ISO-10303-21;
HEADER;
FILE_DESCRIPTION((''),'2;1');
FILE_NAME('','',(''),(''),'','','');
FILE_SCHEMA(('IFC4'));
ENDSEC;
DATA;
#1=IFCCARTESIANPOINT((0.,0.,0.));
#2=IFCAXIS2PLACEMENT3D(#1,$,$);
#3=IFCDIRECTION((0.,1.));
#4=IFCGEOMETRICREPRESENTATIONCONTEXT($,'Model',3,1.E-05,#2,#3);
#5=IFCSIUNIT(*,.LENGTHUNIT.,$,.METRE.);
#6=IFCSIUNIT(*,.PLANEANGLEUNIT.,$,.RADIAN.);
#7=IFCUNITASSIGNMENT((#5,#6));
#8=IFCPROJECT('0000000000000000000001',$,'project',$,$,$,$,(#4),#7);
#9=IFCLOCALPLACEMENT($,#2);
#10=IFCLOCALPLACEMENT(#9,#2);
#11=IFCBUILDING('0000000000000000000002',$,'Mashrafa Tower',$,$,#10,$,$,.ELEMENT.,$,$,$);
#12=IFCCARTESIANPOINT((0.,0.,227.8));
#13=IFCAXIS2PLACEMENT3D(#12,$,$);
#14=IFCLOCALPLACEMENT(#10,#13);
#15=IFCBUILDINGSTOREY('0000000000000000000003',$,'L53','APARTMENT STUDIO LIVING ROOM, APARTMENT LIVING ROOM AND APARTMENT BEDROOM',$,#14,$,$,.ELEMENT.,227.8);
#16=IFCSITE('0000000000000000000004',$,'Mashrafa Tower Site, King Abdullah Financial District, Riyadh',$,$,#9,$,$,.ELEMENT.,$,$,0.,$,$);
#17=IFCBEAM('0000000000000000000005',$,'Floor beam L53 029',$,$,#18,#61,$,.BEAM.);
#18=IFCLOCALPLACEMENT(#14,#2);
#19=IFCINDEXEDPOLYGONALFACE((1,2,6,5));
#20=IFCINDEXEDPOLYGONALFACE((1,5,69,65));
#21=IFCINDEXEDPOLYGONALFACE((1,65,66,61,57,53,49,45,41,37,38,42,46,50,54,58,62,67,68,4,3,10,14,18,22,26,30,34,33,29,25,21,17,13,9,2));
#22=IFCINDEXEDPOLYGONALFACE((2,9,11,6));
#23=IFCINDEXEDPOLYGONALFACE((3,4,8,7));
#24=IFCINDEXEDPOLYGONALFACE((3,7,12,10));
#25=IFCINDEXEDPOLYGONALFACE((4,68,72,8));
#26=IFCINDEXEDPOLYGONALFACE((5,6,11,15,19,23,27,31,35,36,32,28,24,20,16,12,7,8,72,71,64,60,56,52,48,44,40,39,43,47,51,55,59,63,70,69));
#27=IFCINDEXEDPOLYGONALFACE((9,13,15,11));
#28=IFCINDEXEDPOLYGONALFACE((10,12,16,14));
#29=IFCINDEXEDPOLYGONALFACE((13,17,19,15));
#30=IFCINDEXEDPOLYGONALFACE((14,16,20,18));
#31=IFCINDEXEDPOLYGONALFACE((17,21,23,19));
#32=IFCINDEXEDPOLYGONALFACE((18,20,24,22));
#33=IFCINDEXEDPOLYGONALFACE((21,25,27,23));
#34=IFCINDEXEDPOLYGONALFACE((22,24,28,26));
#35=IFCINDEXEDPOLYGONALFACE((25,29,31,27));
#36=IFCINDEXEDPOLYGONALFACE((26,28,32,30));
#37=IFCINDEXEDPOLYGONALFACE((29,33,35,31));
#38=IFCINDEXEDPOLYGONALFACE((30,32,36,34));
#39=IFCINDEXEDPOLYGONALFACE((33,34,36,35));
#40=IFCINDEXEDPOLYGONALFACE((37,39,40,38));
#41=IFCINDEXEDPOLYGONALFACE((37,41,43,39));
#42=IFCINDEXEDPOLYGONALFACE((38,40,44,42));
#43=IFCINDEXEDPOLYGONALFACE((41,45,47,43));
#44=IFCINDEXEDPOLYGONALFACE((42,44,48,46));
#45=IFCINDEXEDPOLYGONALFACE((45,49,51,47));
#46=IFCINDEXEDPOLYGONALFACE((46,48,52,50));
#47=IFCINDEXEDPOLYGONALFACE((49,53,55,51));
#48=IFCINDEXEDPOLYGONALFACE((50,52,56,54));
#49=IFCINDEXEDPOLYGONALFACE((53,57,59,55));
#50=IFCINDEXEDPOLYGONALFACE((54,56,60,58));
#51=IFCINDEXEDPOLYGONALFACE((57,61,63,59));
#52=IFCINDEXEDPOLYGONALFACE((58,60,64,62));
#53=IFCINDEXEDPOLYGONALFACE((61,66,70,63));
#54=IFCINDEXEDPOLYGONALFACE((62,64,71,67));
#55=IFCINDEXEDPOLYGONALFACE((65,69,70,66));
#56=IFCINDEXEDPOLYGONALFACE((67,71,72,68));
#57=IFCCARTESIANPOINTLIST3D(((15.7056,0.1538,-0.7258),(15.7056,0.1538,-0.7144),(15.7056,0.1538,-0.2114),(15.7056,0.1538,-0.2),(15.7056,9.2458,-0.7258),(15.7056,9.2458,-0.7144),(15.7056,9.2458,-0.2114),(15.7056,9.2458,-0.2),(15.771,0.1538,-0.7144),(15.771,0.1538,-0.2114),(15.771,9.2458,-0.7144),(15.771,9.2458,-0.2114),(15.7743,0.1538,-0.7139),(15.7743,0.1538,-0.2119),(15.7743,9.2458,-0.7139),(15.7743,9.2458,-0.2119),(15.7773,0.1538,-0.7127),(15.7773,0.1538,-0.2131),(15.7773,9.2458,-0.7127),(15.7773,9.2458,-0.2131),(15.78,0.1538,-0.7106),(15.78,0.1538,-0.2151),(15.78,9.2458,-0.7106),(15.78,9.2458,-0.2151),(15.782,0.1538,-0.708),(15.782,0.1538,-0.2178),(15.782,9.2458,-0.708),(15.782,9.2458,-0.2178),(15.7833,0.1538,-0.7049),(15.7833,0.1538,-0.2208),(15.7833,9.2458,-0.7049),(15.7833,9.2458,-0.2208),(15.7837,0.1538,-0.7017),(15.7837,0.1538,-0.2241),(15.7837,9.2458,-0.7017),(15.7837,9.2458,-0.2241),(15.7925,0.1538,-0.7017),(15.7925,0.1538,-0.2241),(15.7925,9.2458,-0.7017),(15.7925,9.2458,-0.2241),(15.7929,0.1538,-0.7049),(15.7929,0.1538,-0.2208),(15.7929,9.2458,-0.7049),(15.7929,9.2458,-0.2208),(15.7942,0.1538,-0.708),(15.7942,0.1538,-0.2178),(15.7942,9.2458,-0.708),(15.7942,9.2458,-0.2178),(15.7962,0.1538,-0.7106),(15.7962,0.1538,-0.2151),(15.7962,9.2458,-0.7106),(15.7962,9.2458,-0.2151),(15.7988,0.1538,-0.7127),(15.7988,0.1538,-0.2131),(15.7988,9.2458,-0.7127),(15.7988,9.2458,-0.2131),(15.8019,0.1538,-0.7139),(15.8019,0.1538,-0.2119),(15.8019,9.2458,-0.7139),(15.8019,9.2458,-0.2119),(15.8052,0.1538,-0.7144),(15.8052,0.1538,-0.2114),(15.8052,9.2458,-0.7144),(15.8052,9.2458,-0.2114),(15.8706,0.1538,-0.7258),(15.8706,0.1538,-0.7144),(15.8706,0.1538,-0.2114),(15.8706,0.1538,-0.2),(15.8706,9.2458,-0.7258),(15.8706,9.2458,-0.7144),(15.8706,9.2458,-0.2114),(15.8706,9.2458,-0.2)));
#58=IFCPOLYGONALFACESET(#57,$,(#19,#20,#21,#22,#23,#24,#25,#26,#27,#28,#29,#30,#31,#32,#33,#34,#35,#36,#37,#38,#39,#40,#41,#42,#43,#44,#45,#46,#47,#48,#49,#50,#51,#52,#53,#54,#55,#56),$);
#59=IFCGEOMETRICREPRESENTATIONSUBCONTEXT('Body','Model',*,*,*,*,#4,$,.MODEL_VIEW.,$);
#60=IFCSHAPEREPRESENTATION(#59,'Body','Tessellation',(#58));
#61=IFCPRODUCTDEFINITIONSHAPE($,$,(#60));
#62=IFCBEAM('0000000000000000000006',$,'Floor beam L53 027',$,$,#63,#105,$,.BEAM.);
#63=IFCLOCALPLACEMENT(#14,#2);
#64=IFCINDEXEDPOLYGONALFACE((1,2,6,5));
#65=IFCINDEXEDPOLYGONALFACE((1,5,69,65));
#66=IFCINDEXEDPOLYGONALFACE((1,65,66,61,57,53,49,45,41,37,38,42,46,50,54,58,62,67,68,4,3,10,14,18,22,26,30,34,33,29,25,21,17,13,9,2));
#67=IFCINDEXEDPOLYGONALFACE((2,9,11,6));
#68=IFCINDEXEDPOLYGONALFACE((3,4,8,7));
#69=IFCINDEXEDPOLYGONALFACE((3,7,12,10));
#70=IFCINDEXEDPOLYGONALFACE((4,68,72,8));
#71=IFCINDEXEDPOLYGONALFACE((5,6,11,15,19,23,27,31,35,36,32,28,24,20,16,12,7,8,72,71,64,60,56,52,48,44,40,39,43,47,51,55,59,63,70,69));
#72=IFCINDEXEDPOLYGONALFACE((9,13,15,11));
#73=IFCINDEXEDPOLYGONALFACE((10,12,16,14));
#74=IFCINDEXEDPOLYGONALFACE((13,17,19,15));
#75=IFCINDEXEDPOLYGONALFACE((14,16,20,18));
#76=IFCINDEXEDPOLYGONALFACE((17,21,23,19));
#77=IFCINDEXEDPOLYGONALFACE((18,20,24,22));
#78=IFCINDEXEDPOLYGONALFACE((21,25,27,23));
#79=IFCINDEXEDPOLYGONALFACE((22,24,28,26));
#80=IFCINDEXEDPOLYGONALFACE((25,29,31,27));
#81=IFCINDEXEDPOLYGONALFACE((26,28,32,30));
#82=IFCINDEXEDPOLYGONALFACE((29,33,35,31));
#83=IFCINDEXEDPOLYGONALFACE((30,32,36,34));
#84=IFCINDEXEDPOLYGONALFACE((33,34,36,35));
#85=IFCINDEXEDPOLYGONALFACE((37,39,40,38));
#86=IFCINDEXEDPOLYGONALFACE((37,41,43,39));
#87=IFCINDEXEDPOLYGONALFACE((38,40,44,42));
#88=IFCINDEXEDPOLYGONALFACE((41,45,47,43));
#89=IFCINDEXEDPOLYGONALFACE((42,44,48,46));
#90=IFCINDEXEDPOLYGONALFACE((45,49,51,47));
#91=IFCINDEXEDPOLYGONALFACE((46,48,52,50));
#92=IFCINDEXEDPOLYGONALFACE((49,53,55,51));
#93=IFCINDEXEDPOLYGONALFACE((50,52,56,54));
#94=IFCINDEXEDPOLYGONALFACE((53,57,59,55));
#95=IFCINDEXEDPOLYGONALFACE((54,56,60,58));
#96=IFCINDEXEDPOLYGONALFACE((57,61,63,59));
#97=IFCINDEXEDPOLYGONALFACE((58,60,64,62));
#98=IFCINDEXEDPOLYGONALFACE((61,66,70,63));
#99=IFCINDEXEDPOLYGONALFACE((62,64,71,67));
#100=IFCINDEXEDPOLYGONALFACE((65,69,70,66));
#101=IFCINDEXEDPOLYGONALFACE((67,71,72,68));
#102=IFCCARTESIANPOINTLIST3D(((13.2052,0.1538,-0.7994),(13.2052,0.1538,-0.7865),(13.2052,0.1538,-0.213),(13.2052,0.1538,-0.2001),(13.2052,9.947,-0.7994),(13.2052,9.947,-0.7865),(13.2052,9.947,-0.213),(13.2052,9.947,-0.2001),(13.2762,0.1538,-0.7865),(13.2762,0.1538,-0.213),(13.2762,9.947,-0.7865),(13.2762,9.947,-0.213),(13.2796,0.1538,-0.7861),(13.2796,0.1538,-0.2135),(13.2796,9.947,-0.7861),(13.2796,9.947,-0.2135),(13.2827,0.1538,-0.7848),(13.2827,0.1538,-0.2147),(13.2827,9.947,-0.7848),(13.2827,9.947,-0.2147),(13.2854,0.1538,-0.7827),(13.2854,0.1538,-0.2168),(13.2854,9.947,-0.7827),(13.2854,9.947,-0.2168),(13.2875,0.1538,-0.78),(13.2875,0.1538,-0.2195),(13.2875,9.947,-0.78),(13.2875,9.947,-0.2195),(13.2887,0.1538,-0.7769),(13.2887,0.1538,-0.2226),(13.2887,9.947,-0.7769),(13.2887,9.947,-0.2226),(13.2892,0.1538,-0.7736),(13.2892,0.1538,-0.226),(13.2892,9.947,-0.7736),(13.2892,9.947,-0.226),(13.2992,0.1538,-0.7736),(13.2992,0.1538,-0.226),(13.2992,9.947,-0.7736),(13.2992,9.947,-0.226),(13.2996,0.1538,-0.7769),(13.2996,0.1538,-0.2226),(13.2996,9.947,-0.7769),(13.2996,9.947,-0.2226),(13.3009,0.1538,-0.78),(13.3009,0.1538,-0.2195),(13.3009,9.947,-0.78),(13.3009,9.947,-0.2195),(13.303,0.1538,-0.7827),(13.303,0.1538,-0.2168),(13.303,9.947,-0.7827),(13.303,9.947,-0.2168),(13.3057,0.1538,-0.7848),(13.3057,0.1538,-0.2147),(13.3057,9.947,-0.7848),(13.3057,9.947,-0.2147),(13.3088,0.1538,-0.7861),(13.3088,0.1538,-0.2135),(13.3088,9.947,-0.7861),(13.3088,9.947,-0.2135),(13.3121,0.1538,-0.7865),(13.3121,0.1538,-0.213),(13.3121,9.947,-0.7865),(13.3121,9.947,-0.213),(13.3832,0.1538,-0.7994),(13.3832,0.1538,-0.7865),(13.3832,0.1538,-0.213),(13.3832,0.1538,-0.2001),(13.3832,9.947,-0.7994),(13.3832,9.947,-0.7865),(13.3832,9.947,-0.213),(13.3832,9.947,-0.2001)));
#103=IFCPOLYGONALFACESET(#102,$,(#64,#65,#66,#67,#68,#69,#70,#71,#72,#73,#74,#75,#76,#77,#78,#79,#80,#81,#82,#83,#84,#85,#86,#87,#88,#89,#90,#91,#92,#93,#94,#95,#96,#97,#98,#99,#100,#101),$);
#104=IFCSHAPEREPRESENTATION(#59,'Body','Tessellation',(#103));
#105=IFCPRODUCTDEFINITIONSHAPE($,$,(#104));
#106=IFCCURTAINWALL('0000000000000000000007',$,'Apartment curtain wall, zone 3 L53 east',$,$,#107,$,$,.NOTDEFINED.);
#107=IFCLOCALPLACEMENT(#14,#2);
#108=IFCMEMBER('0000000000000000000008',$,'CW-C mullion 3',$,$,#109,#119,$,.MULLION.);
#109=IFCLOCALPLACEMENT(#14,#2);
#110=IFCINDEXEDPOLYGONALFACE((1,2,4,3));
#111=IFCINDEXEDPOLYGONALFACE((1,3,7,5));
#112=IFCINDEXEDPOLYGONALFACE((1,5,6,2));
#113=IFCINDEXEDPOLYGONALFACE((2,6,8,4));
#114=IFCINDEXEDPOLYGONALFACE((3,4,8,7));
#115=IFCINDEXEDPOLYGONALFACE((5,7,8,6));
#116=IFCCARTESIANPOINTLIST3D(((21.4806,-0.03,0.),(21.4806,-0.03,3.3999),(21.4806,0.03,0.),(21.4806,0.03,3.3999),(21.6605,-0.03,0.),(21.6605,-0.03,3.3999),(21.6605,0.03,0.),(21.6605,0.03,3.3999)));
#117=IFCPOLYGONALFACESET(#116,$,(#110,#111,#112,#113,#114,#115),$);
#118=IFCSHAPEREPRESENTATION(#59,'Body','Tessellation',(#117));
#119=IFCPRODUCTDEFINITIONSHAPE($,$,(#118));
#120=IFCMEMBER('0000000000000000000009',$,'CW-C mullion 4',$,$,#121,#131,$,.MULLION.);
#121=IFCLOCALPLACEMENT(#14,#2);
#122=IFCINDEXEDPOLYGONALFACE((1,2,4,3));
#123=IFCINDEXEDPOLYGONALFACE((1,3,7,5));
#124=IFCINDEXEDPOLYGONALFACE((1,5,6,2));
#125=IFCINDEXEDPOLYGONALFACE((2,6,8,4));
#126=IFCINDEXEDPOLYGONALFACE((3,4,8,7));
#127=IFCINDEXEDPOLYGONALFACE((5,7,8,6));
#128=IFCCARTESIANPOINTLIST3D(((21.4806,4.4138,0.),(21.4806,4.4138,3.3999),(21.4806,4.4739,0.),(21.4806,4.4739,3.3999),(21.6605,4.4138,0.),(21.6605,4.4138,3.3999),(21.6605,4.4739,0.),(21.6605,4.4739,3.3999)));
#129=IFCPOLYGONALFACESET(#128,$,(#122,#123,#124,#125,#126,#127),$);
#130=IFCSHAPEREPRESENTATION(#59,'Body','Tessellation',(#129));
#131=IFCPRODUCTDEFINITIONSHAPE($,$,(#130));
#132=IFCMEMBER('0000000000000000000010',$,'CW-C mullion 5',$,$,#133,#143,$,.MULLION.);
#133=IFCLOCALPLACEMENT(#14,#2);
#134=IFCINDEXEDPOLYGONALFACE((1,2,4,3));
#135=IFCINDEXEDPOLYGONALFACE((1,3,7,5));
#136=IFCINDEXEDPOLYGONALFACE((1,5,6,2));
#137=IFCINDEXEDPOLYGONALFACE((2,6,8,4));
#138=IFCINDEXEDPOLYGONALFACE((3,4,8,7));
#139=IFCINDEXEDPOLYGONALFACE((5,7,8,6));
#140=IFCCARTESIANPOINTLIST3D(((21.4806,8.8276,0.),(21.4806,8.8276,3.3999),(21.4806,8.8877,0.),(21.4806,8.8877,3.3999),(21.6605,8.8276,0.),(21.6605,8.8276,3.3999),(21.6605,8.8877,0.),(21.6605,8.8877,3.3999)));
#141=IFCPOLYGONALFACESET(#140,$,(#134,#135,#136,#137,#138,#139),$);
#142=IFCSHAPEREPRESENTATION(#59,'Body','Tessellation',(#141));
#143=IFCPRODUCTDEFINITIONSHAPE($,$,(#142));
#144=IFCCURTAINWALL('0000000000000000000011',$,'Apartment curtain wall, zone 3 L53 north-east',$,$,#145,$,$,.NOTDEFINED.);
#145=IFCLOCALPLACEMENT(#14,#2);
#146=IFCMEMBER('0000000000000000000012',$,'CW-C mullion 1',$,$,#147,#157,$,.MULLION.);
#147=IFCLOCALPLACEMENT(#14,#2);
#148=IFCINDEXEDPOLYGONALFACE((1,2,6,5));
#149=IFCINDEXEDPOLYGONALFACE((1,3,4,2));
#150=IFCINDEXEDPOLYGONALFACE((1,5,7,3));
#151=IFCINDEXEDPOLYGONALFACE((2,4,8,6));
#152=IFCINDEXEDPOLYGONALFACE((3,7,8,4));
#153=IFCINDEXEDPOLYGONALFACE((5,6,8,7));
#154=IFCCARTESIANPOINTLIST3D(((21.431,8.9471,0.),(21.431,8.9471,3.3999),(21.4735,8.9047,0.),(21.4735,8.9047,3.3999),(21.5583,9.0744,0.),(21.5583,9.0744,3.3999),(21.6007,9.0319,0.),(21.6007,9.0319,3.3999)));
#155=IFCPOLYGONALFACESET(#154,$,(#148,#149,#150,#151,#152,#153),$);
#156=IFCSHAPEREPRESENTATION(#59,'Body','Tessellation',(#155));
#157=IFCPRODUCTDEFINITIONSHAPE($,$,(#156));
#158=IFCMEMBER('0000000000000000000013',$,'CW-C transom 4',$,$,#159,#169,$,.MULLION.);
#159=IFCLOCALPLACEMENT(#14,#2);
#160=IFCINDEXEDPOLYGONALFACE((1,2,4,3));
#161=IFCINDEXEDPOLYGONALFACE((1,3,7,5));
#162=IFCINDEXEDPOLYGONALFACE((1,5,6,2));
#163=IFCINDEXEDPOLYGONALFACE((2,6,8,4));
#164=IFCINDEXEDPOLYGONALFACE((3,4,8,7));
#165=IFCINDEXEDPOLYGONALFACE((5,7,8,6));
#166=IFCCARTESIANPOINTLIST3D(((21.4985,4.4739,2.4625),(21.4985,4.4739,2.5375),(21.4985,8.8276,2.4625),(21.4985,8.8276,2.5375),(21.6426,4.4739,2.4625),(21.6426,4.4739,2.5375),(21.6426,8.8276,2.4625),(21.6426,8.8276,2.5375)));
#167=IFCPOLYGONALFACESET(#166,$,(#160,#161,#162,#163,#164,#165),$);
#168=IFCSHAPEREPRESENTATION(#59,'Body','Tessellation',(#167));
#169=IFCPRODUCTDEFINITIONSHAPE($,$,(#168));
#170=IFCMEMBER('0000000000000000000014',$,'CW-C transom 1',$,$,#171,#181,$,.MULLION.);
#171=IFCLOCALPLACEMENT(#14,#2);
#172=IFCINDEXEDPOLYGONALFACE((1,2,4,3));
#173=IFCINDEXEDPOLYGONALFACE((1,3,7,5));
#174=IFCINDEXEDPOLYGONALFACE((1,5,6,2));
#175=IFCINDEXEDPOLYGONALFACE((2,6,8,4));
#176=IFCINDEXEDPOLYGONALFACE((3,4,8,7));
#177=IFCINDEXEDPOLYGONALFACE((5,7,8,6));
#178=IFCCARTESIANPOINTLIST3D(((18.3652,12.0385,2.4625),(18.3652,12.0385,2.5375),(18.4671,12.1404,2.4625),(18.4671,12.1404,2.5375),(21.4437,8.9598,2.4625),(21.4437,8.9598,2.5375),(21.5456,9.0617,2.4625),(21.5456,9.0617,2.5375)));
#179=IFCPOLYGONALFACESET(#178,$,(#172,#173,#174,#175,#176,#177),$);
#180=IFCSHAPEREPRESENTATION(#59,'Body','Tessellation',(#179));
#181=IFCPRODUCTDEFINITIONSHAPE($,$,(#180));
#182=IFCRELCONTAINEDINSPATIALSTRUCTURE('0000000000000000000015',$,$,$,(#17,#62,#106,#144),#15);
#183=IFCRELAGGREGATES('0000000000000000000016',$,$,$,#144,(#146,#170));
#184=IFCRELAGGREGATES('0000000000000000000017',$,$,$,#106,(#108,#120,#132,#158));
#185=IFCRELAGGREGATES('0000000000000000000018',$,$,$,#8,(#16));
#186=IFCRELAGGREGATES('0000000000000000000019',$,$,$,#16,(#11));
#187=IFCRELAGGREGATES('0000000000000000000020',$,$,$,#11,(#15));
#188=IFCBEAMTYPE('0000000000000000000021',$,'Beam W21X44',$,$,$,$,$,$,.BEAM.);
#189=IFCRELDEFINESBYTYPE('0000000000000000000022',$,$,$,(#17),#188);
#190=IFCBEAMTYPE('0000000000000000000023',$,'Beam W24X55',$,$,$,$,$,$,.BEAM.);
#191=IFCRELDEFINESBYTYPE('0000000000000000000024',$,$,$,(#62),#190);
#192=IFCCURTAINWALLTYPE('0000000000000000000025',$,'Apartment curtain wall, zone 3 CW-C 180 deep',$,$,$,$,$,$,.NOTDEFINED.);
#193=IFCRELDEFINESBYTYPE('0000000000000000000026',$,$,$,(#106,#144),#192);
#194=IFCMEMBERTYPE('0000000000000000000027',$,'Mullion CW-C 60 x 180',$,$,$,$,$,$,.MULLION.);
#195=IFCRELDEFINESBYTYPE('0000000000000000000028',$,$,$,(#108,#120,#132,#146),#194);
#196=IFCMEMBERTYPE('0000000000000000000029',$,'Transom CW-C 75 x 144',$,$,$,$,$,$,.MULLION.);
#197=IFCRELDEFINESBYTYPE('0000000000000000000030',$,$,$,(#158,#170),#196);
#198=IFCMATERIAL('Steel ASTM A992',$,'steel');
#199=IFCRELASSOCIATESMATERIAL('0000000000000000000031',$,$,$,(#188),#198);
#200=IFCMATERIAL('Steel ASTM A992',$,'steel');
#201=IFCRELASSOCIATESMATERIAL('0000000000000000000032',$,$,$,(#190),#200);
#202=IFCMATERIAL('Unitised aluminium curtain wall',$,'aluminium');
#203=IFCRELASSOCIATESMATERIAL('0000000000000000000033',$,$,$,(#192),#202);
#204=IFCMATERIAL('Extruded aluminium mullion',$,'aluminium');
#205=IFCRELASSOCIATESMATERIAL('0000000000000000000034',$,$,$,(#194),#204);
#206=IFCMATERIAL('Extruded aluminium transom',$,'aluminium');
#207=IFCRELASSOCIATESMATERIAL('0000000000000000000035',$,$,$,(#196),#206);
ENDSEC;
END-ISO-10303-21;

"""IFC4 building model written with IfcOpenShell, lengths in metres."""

from ifc_helpers import new_model, si_unit, direction, frame, origin, origin_2d, place, context, subcontext, project, spatial, rectangle, i_section, extrude, source, transform, mapped, material, material_profile, profile_set, type_object, type_shapes, element, aggregate, save


model = new_model("IFC4")

# Units and contexts
model_context = context("Model", 3, precision=1e-05, world=origin(), true_north=direction((0.0, 1.0)))
body_context = subcontext(model_context, "Body", "Model", "MODEL_VIEW")
ifc_project = project(units=[si_unit("LENGTHUNIT", "METRE"), si_unit("PLANEANGLEUNIT", "RADIAN")], contexts=[model_context])

# Site, building, storey
site_placement = place(None, origin())
site = spatial("IfcSite", under=ifc_project, at=site_placement, Name="Mashrafa Tower Site, King Abdullah Financial District, Riyadh", CompositionType="ELEMENT", RefElevation=0.0)
building_placement = place(site_placement, origin())
building = spatial("IfcBuilding", under=site, at=building_placement, Name="Mashrafa Tower", CompositionType="ELEMENT")
storey_placement = place(building_placement, frame((0.0, 0.0, 227.8)))
storey = spatial("IfcBuildingStorey", under=building, at=storey_placement, Name="L53", Description="APARTMENT STUDIO LIVING ROOM, APARTMENT LIVING ROOM AND APARTMENT BEDROOM", CompositionType="ELEMENT", Elevation=227.8)

# Beams
ifc_material_1 = material(Name="Steel ASTM A992", Category="steel")
ifc_material_profile_1 = material_profile(ifc_material_1, i_section(OverallWidth=0.165, OverallDepth=0.5259, WebThickness=0.0088, FlangeThickness=0.0115, FilletRadius=0.0127, at=origin_2d()), Name="W21X44")
ifc_profile_set_1 = profile_set([ifc_material_profile_1], Name="Steel ASTM A992")
beam_type_1 = type_object("IfcBeamType", Name="Beam W21X44", PredefinedType="BEAM", material=ifc_profile_set_1)
beam_1_placement = place(storey_placement, frame((15.7881, 9.2458, -0.4629), z_axis=(0.0, -1.0, 0.0), x_axis=(1.0, 0.0, 0.0)))
element("IfcBeam", 1, at=beam_1_placement, inside=storey, type_object=beam_type_1, Name="Floor beam L53 029", PredefinedType="BEAM", context=body_context, shape_type="SweptSolid", body=[
    extrude(i_section(OverallWidth=0.165, OverallDepth=0.5259, WebThickness=0.0088, FlangeThickness=0.0115, FilletRadius=0.0127, at=origin_2d()), origin(), (0.0, 0.0, 1.0), 9.092),
])
ifc_material_2 = material(Name="Steel ASTM A992", Category="steel")
ifc_material_profile_2 = material_profile(ifc_material_2, i_section(OverallWidth=0.178, OverallDepth=0.5994, WebThickness=0.01, FlangeThickness=0.0129, FilletRadius=0.0129, at=origin_2d()), Name="W24X55")
ifc_profile_set_2 = profile_set([ifc_material_profile_2], Name="Steel ASTM A992")
beam_type_2 = type_object("IfcBeamType", Name="Beam W24X55", PredefinedType="BEAM", material=ifc_profile_set_2)
beam_2_placement = place(storey_placement, frame((13.2942, 9.947, -0.4998), z_axis=(0.0, -1.0, 0.0), x_axis=(1.0, 0.0, 0.0)))
element("IfcBeam", 2, at=beam_2_placement, inside=storey, type_object=beam_type_2, Name="Floor beam L53 027", PredefinedType="BEAM", context=body_context, shape_type="SweptSolid", body=[
    extrude(i_section(OverallWidth=0.178, OverallDepth=0.5994, WebThickness=0.01, FlangeThickness=0.0129, FilletRadius=0.0129, at=origin_2d()), origin(), (0.0, 0.0, 1.0), 9.7932),
])

# Curtain wall, members
ifc_material_3 = material(Name="Unitised aluminium curtain wall", Category="aluminium")
curtain_wall_type = type_object("IfcCurtainWallType", Name="Apartment curtain wall, zone 3 CW-C 180 deep", PredefinedType="NOTDEFINED", material=ifc_material_3)
curtain_wall_1_placement = place(storey_placement, origin())
curtain_wall_1 = element("IfcCurtainWall", 3, at=curtain_wall_1_placement, inside=storey, type_object=curtain_wall_type, Name="Apartment curtain wall, zone 3 L53 east", PredefinedType="NOTDEFINED")
ifc_material_4 = material(Name="Extruded aluminium mullion", Category="aluminium")
ifc_material_profile_3 = material_profile(ifc_material_4, rectangle(XDim=0.1799, YDim=0.0601, at=origin_2d()), Name="Mullion 60x180")
ifc_profile_set_3 = profile_set([ifc_material_profile_3], Name="Extruded aluminium mullion")
member_type_1 = type_object("IfcMemberType", Name="Mullion CW-C 60 x 180", PredefinedType="MULLION", material=ifc_profile_set_3)
shared_shape_1 = source(origin(), body_context, "Body", "SweptSolid", [
    extrude(rectangle(XDim=0.1799, YDim=0.0601, at=origin_2d()), origin(), (0.0, 0.0, 1.0), 3.3999),
])
type_shapes(member_type_1, [shared_shape_1])
member_1_placement = place(storey_placement, frame((21.5706, 0.0, 0.0), z_axis=(0.0, 0.0, 1.0), x_axis=(-1.0, 0.0, 0.0)))
member_1 = element("IfcMember", 4, at=member_1_placement, type_object=member_type_1, Name="CW-C mullion 3", PredefinedType="MULLION", context=body_context, shape_type="MappedRepresentation", body=[
    mapped(shared_shape_1, transform((0.0, 0.0, 0.0))),
])
member_2_placement = place(storey_placement, frame((21.5706, 4.4438, 0.0), z_axis=(0.0, 0.0, 1.0), x_axis=(-1.0, 0.0, 0.0)))
member_2 = element("IfcMember", 5, at=member_2_placement, type_object=member_type_1, Name="CW-C mullion 4", PredefinedType="MULLION", context=body_context, shape_type="MappedRepresentation", body=[
    mapped(shared_shape_1, transform((0.0, 0.0, 0.0))),
])
member_3_placement = place(storey_placement, frame((21.5706, 8.8577, 0.0), z_axis=(0.0, 0.0, 1.0), x_axis=(-1.0, 0.0, 0.0)))
member_3 = element("IfcMember", 6, at=member_3_placement, type_object=member_type_1, Name="CW-C mullion 5", PredefinedType="MULLION", context=body_context, shape_type="MappedRepresentation", body=[
    mapped(shared_shape_1, transform((0.0, 0.0, 0.0))),
])

# Curtain wall, member
curtain_wall_2_placement = place(storey_placement, origin())
curtain_wall_2 = element("IfcCurtainWall", 7, at=curtain_wall_2_placement, inside=storey, type_object=curtain_wall_type, Name="Apartment curtain wall, zone 3 L53 north-east", PredefinedType="NOTDEFINED")
member_4_placement = place(storey_placement, frame((21.5159, 8.9895, 0.0), z_axis=(0.0, 0.0, 1.0), x_axis=(-0.707107, -0.707107, 0.0)))
member_4 = element("IfcMember", 8, at=member_4_placement, type_object=member_type_1, Name="CW-C mullion 1", PredefinedType="MULLION", context=body_context, shape_type="MappedRepresentation", body=[
    mapped(shared_shape_1, transform((0.0, 0.0, 0.0))),
])

# Members
ifc_material_5 = material(Name="Extruded aluminium transom", Category="aluminium")
ifc_material_profile_4 = material_profile(ifc_material_5, rectangle(XDim=0.144, YDim=0.075, at=origin_2d()), Name="Transom 75x144")
ifc_profile_set_4 = profile_set([ifc_material_profile_4], Name="Extruded aluminium transom")
member_type_2 = type_object("IfcMemberType", Name="Transom CW-C 75 x 144", PredefinedType="MULLION", material=ifc_profile_set_4)
shared_shape_2 = source(origin(), body_context, "Body", "SweptSolid", [
    extrude(rectangle(XDim=0.144, YDim=0.075, at=origin_2d()), origin(), (0.0, 0.0, 1.0), 4.3538),
])
member_5_placement = place(storey_placement, frame((21.5706, 4.4739, 2.5), z_axis=(0.0, 1.0, 0.0), x_axis=(-1.0, 0.0, 0.0)))
member_5 = element("IfcMember", 9, at=member_5_placement, type_object=member_type_2, Name="CW-C transom 4", PredefinedType="MULLION", context=body_context, shape_type="MappedRepresentation", body=[
    mapped(shared_shape_2, transform((0.0, 0.0, 0.0))),
])
member_6_placement = place(storey_placement, frame((21.4946, 9.0107, 2.5), z_axis=(-0.707079, 0.707135, 0.0), x_axis=(-0.707135, -0.707079, 0.0)))
member_6 = element("IfcMember", 10, at=member_6_placement, type_object=member_type_2, Name="CW-C transom 1", PredefinedType="MULLION", context=body_context, shape_type="MappedRepresentation", body=[
    mapped(shared_shape_2, transform((0.0, 0.0, 0.0))),
])

aggregate(curtain_wall_2, [member_4, member_6])
aggregate(curtain_wall_1, [member_1, member_2, member_3, member_5])

save(model, "model.ifc")
